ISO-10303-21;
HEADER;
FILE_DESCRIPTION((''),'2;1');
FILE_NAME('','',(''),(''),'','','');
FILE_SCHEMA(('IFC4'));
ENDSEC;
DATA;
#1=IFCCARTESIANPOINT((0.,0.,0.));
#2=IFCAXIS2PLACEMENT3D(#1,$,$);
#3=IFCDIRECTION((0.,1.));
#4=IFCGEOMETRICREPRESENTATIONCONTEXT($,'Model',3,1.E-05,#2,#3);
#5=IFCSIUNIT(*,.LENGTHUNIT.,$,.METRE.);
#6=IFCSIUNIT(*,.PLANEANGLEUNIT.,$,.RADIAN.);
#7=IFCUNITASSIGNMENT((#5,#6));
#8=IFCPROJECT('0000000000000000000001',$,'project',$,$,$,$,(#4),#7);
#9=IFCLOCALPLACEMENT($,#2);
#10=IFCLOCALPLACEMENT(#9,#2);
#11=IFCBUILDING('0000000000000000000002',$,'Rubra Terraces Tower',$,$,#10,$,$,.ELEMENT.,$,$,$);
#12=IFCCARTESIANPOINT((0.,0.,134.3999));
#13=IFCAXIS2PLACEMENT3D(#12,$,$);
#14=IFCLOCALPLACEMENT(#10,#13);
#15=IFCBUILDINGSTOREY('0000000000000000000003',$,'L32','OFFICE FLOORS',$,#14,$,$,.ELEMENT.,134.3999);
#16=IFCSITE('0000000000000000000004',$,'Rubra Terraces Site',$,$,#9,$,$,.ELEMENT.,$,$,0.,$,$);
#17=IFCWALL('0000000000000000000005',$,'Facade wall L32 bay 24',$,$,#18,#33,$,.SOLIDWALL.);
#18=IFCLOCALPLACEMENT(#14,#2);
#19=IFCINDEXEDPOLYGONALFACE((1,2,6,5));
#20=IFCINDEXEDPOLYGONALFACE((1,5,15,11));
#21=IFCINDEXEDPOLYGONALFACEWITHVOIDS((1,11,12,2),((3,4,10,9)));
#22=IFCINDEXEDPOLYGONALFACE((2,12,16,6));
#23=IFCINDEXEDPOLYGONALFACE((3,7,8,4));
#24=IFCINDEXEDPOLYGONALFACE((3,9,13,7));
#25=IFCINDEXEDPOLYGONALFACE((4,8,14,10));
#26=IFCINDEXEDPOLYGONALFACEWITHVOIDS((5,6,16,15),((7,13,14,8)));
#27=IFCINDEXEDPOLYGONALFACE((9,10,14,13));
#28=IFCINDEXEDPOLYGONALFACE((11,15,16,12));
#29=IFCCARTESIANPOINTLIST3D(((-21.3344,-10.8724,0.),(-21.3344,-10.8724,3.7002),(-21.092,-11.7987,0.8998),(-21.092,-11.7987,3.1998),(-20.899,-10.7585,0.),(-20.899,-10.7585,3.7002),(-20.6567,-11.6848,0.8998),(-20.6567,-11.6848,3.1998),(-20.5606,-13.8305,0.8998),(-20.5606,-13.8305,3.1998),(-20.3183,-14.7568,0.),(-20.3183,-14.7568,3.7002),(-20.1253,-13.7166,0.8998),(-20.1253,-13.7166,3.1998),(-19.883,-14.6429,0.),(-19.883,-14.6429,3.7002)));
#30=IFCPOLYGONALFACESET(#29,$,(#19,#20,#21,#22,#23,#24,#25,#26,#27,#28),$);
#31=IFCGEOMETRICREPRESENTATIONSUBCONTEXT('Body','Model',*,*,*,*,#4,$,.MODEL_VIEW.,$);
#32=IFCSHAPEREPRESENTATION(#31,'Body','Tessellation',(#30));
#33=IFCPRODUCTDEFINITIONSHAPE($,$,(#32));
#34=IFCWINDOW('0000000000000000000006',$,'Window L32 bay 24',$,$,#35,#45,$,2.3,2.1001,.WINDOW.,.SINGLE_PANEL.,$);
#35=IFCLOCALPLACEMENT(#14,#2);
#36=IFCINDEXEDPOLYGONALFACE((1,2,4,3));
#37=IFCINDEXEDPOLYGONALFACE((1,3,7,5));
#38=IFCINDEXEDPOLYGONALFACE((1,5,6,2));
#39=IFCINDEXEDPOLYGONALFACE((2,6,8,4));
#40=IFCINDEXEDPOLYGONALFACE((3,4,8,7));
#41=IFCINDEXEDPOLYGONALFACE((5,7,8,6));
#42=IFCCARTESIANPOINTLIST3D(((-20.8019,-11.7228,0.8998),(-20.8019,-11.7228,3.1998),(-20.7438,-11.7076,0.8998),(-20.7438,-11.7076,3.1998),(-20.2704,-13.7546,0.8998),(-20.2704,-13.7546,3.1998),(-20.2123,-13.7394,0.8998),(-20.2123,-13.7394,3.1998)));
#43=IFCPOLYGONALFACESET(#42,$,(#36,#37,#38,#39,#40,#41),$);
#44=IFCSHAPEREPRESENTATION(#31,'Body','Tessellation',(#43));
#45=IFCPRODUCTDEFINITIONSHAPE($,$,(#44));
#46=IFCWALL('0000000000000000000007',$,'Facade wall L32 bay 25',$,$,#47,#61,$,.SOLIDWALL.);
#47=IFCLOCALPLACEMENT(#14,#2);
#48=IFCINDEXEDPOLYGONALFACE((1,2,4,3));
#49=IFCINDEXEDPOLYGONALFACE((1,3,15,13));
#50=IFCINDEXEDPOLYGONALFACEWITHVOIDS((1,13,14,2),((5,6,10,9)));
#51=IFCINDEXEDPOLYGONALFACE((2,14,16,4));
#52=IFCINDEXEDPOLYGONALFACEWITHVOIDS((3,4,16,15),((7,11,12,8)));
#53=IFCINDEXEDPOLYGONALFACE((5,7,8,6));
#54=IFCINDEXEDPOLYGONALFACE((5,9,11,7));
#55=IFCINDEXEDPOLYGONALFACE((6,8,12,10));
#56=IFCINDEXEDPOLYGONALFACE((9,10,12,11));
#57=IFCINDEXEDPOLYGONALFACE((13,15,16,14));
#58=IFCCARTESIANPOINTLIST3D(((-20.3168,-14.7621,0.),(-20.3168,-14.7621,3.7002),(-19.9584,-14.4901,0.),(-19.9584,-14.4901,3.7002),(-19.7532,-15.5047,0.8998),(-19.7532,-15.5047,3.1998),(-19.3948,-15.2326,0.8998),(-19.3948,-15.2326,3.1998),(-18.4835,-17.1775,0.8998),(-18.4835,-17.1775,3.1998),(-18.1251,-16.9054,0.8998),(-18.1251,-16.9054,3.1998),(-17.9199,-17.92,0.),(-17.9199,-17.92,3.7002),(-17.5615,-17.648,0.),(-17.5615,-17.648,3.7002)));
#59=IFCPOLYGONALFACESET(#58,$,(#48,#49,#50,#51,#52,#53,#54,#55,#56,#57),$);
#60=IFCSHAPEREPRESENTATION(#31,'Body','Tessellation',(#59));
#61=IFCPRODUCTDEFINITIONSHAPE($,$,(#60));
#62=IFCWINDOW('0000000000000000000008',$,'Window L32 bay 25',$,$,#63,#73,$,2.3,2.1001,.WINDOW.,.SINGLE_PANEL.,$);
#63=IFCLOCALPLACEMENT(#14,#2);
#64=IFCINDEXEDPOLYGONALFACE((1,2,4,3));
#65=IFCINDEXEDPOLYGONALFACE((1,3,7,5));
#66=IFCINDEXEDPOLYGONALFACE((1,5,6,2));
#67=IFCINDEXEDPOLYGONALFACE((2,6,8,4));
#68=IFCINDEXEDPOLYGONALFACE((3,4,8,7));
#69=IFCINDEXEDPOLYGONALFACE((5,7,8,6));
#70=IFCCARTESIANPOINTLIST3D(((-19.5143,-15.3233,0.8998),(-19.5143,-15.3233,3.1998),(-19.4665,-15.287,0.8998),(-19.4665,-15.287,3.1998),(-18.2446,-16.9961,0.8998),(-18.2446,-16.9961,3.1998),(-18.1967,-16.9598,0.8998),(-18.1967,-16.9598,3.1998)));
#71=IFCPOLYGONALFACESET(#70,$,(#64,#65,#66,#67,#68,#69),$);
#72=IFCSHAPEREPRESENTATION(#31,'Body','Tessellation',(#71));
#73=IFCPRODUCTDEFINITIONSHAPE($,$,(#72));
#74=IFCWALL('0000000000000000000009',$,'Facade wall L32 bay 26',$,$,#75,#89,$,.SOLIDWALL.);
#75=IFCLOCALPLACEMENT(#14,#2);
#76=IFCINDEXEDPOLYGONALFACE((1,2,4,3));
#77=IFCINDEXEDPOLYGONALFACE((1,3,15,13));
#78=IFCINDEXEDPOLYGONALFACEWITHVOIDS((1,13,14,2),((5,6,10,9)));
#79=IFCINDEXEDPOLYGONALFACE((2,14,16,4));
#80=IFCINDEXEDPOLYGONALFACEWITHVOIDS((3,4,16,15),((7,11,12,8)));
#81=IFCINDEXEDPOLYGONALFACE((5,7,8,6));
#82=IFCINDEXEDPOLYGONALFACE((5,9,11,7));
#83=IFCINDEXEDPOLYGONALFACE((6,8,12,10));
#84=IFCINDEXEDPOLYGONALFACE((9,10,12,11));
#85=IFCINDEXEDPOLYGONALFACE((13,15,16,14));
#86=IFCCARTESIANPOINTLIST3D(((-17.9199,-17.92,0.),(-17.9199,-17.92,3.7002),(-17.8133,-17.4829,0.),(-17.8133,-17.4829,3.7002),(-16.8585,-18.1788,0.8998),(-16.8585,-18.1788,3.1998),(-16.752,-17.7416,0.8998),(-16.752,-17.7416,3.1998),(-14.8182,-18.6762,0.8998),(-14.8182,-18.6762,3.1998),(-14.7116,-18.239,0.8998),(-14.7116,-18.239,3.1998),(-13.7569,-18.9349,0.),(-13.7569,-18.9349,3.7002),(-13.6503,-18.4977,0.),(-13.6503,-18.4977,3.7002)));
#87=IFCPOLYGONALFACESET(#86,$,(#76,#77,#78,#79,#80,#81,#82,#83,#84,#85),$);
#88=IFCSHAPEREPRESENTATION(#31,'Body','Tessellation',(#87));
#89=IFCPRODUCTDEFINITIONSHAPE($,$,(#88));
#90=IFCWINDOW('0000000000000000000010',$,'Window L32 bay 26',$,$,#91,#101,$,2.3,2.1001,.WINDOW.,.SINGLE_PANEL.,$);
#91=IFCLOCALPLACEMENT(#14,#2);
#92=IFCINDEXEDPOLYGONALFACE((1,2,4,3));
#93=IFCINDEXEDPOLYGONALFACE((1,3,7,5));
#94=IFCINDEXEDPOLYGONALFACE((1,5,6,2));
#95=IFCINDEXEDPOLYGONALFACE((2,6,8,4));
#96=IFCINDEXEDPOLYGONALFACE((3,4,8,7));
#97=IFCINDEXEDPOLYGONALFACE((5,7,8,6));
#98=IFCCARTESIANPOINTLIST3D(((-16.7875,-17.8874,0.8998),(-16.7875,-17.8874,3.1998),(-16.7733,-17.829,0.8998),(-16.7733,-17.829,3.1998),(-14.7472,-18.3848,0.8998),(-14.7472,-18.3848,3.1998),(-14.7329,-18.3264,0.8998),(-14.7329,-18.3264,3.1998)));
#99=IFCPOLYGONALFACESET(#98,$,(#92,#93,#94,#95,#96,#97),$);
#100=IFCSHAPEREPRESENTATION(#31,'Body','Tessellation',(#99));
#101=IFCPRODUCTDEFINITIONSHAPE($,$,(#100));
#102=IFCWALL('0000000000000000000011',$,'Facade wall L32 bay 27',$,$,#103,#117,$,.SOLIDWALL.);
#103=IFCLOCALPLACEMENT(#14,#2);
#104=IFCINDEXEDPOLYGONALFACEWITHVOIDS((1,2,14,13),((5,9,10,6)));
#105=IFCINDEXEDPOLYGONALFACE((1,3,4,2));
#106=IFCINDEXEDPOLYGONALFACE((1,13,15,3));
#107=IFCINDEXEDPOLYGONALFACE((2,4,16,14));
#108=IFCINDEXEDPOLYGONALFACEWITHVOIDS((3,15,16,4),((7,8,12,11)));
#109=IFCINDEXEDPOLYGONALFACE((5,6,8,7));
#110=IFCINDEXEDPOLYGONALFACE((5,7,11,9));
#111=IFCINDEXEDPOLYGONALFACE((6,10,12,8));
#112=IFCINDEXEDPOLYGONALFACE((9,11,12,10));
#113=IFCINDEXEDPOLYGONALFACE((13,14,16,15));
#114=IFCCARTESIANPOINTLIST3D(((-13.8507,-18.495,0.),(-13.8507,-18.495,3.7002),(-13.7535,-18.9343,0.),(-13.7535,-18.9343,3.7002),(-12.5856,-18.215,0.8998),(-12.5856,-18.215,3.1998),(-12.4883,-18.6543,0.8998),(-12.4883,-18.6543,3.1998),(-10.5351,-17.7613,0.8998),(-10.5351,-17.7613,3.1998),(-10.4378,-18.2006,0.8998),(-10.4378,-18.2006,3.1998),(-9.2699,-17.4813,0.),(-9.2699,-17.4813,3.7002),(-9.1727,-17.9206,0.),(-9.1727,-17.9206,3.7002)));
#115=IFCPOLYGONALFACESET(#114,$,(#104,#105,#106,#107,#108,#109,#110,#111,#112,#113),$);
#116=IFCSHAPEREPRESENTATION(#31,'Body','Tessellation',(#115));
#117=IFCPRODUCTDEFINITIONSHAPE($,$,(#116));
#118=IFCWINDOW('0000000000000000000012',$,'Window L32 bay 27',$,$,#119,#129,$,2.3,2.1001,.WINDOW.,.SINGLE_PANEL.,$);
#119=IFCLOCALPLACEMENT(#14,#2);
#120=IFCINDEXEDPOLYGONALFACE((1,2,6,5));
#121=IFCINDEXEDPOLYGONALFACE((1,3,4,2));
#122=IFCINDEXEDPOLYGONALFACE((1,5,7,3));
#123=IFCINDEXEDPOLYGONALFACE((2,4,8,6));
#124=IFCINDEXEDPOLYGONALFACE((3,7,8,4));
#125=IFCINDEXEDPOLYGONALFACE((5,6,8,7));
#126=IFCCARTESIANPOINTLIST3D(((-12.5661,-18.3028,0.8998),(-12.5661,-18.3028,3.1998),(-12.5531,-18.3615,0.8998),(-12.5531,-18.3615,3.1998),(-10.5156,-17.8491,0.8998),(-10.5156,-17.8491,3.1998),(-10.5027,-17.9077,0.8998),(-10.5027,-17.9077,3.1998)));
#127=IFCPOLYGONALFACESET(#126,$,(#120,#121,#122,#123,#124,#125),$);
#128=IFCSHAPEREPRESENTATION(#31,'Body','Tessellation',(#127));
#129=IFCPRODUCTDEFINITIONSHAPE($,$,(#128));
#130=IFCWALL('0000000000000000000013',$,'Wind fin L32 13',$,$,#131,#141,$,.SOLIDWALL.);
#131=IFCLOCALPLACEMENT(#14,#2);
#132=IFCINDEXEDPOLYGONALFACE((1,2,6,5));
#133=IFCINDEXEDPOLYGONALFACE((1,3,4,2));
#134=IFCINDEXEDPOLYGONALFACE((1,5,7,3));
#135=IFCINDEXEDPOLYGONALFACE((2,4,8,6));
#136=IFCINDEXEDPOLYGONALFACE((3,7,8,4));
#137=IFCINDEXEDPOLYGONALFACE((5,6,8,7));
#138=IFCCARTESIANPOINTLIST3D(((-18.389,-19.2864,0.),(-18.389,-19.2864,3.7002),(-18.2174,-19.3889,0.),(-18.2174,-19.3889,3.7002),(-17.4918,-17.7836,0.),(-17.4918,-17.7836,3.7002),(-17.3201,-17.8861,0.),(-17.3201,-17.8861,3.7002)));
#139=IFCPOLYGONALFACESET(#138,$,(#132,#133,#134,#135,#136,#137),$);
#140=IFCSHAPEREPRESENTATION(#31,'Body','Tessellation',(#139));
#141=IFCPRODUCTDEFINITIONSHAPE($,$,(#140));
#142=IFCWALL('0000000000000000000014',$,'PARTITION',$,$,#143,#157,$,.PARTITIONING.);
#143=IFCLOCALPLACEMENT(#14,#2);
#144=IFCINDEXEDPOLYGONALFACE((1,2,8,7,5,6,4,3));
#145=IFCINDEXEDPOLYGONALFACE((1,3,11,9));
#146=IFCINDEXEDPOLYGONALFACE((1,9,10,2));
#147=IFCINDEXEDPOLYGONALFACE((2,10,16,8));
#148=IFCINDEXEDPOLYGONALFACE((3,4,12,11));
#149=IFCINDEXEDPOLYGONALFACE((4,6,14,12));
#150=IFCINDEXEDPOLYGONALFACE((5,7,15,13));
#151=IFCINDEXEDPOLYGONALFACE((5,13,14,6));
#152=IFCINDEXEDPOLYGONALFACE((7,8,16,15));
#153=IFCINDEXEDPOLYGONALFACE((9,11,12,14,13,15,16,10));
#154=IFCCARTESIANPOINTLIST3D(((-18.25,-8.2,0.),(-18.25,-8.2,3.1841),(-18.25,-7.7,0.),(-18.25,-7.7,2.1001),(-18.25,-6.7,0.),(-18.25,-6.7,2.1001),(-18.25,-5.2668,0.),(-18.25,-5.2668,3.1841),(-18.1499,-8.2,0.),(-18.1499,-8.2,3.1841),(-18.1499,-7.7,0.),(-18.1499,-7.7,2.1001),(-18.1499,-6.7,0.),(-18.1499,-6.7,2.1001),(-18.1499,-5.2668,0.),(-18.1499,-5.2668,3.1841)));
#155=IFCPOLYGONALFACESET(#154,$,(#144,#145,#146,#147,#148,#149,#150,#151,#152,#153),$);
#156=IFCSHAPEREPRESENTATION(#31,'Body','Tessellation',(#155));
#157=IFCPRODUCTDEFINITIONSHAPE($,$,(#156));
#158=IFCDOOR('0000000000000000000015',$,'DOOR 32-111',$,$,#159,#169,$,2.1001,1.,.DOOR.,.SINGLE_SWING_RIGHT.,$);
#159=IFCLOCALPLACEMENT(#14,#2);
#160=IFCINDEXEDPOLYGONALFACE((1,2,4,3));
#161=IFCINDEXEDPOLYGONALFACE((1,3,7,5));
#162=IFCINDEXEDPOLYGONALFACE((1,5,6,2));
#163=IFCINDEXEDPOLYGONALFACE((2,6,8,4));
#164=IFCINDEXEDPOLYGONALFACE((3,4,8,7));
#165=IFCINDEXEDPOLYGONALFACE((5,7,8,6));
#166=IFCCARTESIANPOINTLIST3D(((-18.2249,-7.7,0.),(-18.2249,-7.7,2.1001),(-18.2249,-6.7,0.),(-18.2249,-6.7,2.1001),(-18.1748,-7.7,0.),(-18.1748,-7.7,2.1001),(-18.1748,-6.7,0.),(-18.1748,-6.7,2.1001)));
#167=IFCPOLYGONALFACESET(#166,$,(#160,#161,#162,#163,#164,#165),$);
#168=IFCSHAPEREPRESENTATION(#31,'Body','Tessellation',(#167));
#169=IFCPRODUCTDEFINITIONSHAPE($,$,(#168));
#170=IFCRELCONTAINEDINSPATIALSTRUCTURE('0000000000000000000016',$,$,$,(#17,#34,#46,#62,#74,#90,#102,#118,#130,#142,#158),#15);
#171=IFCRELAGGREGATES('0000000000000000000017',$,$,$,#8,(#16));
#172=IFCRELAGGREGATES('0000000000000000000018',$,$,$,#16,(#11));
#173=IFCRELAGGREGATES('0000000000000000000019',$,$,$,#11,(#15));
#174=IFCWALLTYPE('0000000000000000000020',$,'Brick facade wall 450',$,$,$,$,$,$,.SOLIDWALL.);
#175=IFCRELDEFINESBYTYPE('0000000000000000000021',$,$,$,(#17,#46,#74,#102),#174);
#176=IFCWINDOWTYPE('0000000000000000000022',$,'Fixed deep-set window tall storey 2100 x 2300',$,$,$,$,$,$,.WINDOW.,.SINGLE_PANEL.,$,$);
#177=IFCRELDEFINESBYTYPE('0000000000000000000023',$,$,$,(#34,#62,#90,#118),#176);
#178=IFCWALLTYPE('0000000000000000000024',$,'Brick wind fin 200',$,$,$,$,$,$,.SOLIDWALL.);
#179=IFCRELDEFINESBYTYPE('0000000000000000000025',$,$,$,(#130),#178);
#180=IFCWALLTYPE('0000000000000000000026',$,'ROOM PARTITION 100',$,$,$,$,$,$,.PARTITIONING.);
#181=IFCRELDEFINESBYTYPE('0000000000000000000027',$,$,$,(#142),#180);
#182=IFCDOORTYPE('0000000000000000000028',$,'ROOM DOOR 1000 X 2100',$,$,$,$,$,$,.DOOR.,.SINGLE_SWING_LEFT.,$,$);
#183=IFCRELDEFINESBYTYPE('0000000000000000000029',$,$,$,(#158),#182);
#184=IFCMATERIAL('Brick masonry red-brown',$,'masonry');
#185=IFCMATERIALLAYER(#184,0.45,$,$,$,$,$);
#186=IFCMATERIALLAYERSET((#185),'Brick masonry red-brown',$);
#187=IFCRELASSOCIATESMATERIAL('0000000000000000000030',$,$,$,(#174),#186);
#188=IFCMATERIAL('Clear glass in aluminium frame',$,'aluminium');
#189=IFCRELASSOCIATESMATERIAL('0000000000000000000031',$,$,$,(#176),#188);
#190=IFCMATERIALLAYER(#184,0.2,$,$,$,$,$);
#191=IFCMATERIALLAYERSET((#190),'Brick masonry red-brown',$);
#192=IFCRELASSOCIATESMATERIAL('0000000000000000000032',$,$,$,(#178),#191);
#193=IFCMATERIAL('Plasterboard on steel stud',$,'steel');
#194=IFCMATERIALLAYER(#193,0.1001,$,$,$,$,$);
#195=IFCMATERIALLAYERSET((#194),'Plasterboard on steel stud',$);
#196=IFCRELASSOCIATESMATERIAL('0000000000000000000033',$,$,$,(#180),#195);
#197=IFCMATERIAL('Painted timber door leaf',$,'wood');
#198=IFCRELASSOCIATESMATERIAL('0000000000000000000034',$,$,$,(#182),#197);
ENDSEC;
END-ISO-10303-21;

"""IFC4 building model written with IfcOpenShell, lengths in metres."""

from ifc_helpers import new_model, si_unit, direction, frame, frame_2d, origin, place, context, subcontext, project, spatial, rectangle, extrude, material, layer, layer_set, type_object, element, fill, save


model = new_model("IFC4")

# Units and contexts
model_context = context("Model", 3, precision=1e-05, world=origin(), true_north=direction((0.0, 1.0)))
body_context = subcontext(model_context, "Body", "Model", "MODEL_VIEW")
ifc_project = project(units=[si_unit("LENGTHUNIT", "METRE"), si_unit("PLANEANGLEUNIT", "RADIAN")], contexts=[model_context])

# Site, building, storey
site_placement = place(None, origin())
site = spatial("IfcSite", under=ifc_project, at=site_placement, Name="Rubra Terraces Site", CompositionType="ELEMENT", RefElevation=0.0)
building_placement = place(site_placement, origin())
building = spatial("IfcBuilding", under=site, at=building_placement, Name="Rubra Terraces Tower", CompositionType="ELEMENT")
storey_placement = place(building_placement, frame((0.0, 0.0, 134.3999)))
storey = spatial("IfcBuildingStorey", under=building, at=storey_placement, Name="L32", Description="OFFICE FLOORS", CompositionType="ELEMENT", Elevation=134.3999)

# Walls, openings, windows
ifc_material_1 = material(Name="Brick masonry red-brown", Category="masonry")
ifc_layer_1 = layer(ifc_material_1, 0.45)
ifc_layer_set_1 = layer_set([ifc_layer_1], Name="Brick masonry red-brown")
wall_type_1 = type_object("IfcWallType", Name="Brick facade wall 450", PredefinedType="SOLIDWALL", material=ifc_layer_set_1)
wall_1_placement = place(storey_placement, frame((-21.1167, -10.8154, 0.0), z_axis=(0.0, 0.0, 1.0), x_axis=(0.253065, -0.967449, 0.0)))
wall_1 = element("IfcWall", 1, at=wall_1_placement, inside=storey, type_object=wall_type_1, Name="Facade wall L32 bay 24", PredefinedType="SOLIDWALL", context=body_context, shape_type="SweptSolid", body=[
    extrude(rectangle(XDim=4.0151, YDim=0.45, at=frame_2d((2.0076, 0.0))), origin(), (0.0, 0.0, 1.0), 3.7002),
])
opening_1_placement = place(wall_1_placement, frame((0.9575, 0.0, 0.8999)))
opening_1 = element("IfcOpeningElement", 2, at=opening_1_placement, cuts=wall_1, PredefinedType="OPENING", context=body_context, shape_type="SweptSolid", body=[
    extrude(rectangle(XDim=2.1001, YDim=2.3, at=frame_2d((1.05, 1.1499))), frame((0.0, 0.2349, 0.0), z_axis=(0.0, -1.0, 0.0), x_axis=(1.0, 0.0, 0.0)), (0.0, 0.0, 1.0), 0.47),
])
ifc_material_2 = material(Name="Clear glass in aluminium frame", Category="aluminium")
window_type = type_object("IfcWindowType", Name="Fixed deep-set window tall storey 2100 x 2300", PartitioningType="SINGLE_PANEL", PredefinedType="WINDOW", material=ifc_material_2)
window_1_placement = place(opening_1_placement, origin())
window_1 = element("IfcWindow", 3, at=window_1_placement, inside=storey, type_object=window_type, Name="Window L32 bay 24", OverallHeight=2.3, OverallWidth=2.1001, PartitioningType="SINGLE_PANEL", PredefinedType="WINDOW", context=body_context, shape_type="SweptSolid", body=[
    extrude(rectangle(XDim=2.1001, YDim=2.3, at=frame_2d((1.05, 1.1499))), frame((0.0, 0.135, 0.0), z_axis=(0.0, -1.0, 0.0), x_axis=(1.0, 0.0, 0.0)), (0.0, 0.0, 1.0), 0.0601),
])
fill(opening_1, window_1)
wall_2_placement = place(storey_placement, frame((-20.1377, -14.626, 0.0), z_axis=(0.0, 0.0, 1.0), x_axis=(0.604591, -0.796536, 0.0)))
wall_2 = element("IfcWall", 4, at=wall_2_placement, inside=storey, type_object=wall_type_1, Name="Facade wall L32 bay 25", PredefinedType="SOLIDWALL", context=body_context, shape_type="SweptSolid", body=[
    extrude(rectangle(XDim=3.9646, YDim=0.45, at=frame_2d((1.9824, 0.0))), origin(), (0.0, 0.0, 1.0), 3.7002),
])
opening_2_placement = place(wall_2_placement, frame((0.9324, 0.0, 0.8999)))
opening_2 = element("IfcOpeningElement", 5, at=opening_2_placement, cuts=wall_2, PredefinedType="OPENING", context=body_context, shape_type="SweptSolid", body=[
    extrude(rectangle(XDim=2.1001, YDim=2.3, at=frame_2d((1.05, 1.1499))), frame((0.0, 0.2349, 0.0), z_axis=(0.0, -1.0, 0.0), x_axis=(1.0, 0.0, 0.0)), (0.0, 0.0, 1.0), 0.47),
])
window_2_placement = place(opening_2_placement, origin())
window_2 = element("IfcWindow", 6, at=window_2_placement, inside=storey, type_object=window_type, Name="Window L32 bay 25", OverallHeight=2.3, OverallWidth=2.1001, PartitioningType="SINGLE_PANEL", PredefinedType="WINDOW", context=body_context, shape_type="SweptSolid", body=[
    extrude(rectangle(XDim=2.1001, YDim=2.3, at=frame_2d((1.05, 1.1499))), frame((0.0, 0.135, 0.0), z_axis=(0.0, -1.0, 0.0), x_axis=(1.0, 0.0, 0.0)), (0.0, 0.0, 1.0), 0.0601),
])
fill(opening_2, window_2)
wall_3_placement = place(storey_placement, frame((-17.8667, -17.7014, 0.0), z_axis=(0.0, 0.0, 1.0), x_axis=(0.971547, -0.236847, 0.0)))
wall_3 = element("IfcWall", 7, at=wall_3_placement, inside=storey, type_object=wall_type_1, Name="Facade wall L32 bay 26", PredefinedType="SOLIDWALL", context=body_context, shape_type="SweptSolid", body=[
    extrude(rectangle(XDim=4.2849, YDim=0.45, at=frame_2d((2.1426, 0.0))), origin(), (0.0, 0.0, 1.0), 3.7002),
])
opening_3_placement = place(wall_3_placement, frame((1.0925, 0.0, 0.8999)))
opening_3 = element("IfcOpeningElement", 8, at=opening_3_placement, cuts=wall_3, PredefinedType="OPENING", context=body_context, shape_type="SweptSolid", body=[
    extrude(rectangle(XDim=2.1001, YDim=2.3, at=frame_2d((1.05, 1.1499))), frame((0.0, 0.2349, 0.0), z_axis=(0.0, -1.0, 0.0), x_axis=(1.0, 0.0, 0.0)), (0.0, 0.0, 1.0), 0.47),
])
window_3_placement = place(opening_3_placement, origin())
window_3 = element("IfcWindow", 9, at=window_3_placement, inside=storey, type_object=window_type, Name="Window L32 bay 26", OverallHeight=2.3, OverallWidth=2.1001, PartitioningType="SINGLE_PANEL", PredefinedType="WINDOW", context=body_context, shape_type="SweptSolid", body=[
    extrude(rectangle(XDim=2.1001, YDim=2.3, at=frame_2d((1.05, 1.1499))), frame((0.0, 0.135, 0.0), z_axis=(0.0, -1.0, 0.0), x_axis=(1.0, 0.0, 0.0)), (0.0, 0.0, 1.0), 0.0601),
])
fill(opening_3, window_3)
wall_4_placement = place(storey_placement, frame((-13.802, -18.7146, 0.0), z_axis=(0.0, 0.0, 1.0), x_axis=(0.97638, 0.21606, 0.0)))
wall_4 = element("IfcWall", 10, at=wall_4_placement, inside=storey, type_object=wall_type_1, Name="Facade wall L32 bay 27", PredefinedType="SOLIDWALL", context=body_context, shape_type="SweptSolid", body=[
    extrude(rectangle(XDim=4.6917, YDim=0.45, at=frame_2d((2.3457, 0.0))), origin(), (0.0, 0.0, 1.0), 3.7002),
])
opening_4_placement = place(wall_4_placement, frame((1.2957, 0.0, 0.8999)))
opening_4 = element("IfcOpeningElement", 11, at=opening_4_placement, cuts=wall_4, PredefinedType="OPENING", context=body_context, shape_type="SweptSolid", body=[
    extrude(rectangle(XDim=2.1001, YDim=2.3, at=frame_2d((1.05, 1.1499))), frame((0.0, 0.2349, 0.0), z_axis=(0.0, -1.0, 0.0), x_axis=(1.0, 0.0, 0.0)), (0.0, 0.0, 1.0), 0.47),
])
window_4_placement = place(opening_4_placement, origin())
window_4 = element("IfcWindow", 12, at=window_4_placement, inside=storey, type_object=window_type, Name="Window L32 bay 27", OverallHeight=2.3, OverallWidth=2.1001, PartitioningType="SINGLE_PANEL", PredefinedType="WINDOW", context=body_context, shape_type="SweptSolid", body=[
    extrude(rectangle(XDim=2.1001, YDim=2.3, at=frame_2d((1.05, 1.1499))), frame((0.0, 0.135, 0.0), z_axis=(0.0, -1.0, 0.0), x_axis=(1.0, 0.0, 0.0)), (0.0, 0.0, 1.0), 0.0601),
])
fill(opening_4, window_4)

# Wall
ifc_layer_2 = layer(ifc_material_1, 0.2)
ifc_layer_set_2 = layer_set([ifc_layer_2], Name="Brick masonry red-brown")
wall_type_2 = type_object("IfcWallType", Name="Brick wind fin 200", PredefinedType="SOLIDWALL", material=ifc_layer_set_2)
wall_5_placement = place(storey_placement, frame((-17.406, -17.835, 0.0), z_axis=(0.0, 0.0, 1.0), x_axis=(-0.512648, -0.858599, 0.0)))
element("IfcWall", 13, at=wall_5_placement, inside=storey, type_object=wall_type_2, Name="Wind fin L32 13", PredefinedType="SOLIDWALL", context=body_context, shape_type="SweptSolid", body=[
    extrude(rectangle(XDim=1.7502, YDim=0.2, at=frame_2d((0.875, 0.0))), origin(), (0.0, 0.0, 1.0), 3.7002),
])

# Wall, opening, door
ifc_material_3 = material(Name="Plasterboard on steel stud", Category="steel")
ifc_layer_3 = layer(ifc_material_3, 0.1001)
ifc_layer_set_3 = layer_set([ifc_layer_3], Name="Plasterboard on steel stud")
wall_type_3 = type_object("IfcWallType", Name="ROOM PARTITION 100", PredefinedType="PARTITIONING", material=ifc_layer_set_3)
wall_6_placement = place(storey_placement, frame((-18.2, -8.2, 0.0), z_axis=(0.0, 0.0, 1.0), x_axis=(0.0, 1.0, 0.0)))
wall_6 = element("IfcWall", 14, at=wall_6_placement, inside=storey, type_object=wall_type_3, Name="PARTITION", PredefinedType="PARTITIONING", context=body_context, shape_type="SweptSolid", body=[
    extrude(rectangle(XDim=2.9331, YDim=0.1001, at=frame_2d((1.4666, 0.0))), origin(), (0.0, 0.0, 1.0), 3.1841),
])
opening_5_placement = place(wall_6_placement, frame((0.5, 0.0, 0.0)))
opening_5 = element("IfcOpeningElement", 15, at=opening_5_placement, cuts=wall_6, PredefinedType="OPENING", context=body_context, shape_type="SweptSolid", body=[
    extrude(rectangle(XDim=1.0, YDim=2.1001, at=frame_2d((0.5, 1.05))), frame((0.0, 0.0601, 0.0), z_axis=(0.0, -1.0, 0.0), x_axis=(1.0, 0.0, 0.0)), (0.0, 0.0, 1.0), 0.1201),
])
ifc_material_4 = material(Name="Painted timber door leaf", Category="wood")
door_type = type_object("IfcDoorType", Name="ROOM DOOR 1000 X 2100", OperationType="SINGLE_SWING_LEFT", PredefinedType="DOOR", material=ifc_material_4)
door_placement = place(opening_5_placement, origin())
door = element("IfcDoor", 16, at=door_placement, inside=storey, type_object=door_type, Name="DOOR 32-111", OperationType="SINGLE_SWING_RIGHT", OverallHeight=2.1001, OverallWidth=1.0, PredefinedType="DOOR", context=body_context, shape_type="SweptSolid", body=[
    extrude(rectangle(XDim=1.0, YDim=2.1001, at=frame_2d((0.5, 1.05))), frame((0.0, 0.0249, 0.0), z_axis=(0.0, -1.0, 0.0), x_axis=(1.0, 0.0, 0.0)), (0.0, 0.0, 1.0), 0.05),
])
fill(opening_5, door)

save(model, "model.ifc")
